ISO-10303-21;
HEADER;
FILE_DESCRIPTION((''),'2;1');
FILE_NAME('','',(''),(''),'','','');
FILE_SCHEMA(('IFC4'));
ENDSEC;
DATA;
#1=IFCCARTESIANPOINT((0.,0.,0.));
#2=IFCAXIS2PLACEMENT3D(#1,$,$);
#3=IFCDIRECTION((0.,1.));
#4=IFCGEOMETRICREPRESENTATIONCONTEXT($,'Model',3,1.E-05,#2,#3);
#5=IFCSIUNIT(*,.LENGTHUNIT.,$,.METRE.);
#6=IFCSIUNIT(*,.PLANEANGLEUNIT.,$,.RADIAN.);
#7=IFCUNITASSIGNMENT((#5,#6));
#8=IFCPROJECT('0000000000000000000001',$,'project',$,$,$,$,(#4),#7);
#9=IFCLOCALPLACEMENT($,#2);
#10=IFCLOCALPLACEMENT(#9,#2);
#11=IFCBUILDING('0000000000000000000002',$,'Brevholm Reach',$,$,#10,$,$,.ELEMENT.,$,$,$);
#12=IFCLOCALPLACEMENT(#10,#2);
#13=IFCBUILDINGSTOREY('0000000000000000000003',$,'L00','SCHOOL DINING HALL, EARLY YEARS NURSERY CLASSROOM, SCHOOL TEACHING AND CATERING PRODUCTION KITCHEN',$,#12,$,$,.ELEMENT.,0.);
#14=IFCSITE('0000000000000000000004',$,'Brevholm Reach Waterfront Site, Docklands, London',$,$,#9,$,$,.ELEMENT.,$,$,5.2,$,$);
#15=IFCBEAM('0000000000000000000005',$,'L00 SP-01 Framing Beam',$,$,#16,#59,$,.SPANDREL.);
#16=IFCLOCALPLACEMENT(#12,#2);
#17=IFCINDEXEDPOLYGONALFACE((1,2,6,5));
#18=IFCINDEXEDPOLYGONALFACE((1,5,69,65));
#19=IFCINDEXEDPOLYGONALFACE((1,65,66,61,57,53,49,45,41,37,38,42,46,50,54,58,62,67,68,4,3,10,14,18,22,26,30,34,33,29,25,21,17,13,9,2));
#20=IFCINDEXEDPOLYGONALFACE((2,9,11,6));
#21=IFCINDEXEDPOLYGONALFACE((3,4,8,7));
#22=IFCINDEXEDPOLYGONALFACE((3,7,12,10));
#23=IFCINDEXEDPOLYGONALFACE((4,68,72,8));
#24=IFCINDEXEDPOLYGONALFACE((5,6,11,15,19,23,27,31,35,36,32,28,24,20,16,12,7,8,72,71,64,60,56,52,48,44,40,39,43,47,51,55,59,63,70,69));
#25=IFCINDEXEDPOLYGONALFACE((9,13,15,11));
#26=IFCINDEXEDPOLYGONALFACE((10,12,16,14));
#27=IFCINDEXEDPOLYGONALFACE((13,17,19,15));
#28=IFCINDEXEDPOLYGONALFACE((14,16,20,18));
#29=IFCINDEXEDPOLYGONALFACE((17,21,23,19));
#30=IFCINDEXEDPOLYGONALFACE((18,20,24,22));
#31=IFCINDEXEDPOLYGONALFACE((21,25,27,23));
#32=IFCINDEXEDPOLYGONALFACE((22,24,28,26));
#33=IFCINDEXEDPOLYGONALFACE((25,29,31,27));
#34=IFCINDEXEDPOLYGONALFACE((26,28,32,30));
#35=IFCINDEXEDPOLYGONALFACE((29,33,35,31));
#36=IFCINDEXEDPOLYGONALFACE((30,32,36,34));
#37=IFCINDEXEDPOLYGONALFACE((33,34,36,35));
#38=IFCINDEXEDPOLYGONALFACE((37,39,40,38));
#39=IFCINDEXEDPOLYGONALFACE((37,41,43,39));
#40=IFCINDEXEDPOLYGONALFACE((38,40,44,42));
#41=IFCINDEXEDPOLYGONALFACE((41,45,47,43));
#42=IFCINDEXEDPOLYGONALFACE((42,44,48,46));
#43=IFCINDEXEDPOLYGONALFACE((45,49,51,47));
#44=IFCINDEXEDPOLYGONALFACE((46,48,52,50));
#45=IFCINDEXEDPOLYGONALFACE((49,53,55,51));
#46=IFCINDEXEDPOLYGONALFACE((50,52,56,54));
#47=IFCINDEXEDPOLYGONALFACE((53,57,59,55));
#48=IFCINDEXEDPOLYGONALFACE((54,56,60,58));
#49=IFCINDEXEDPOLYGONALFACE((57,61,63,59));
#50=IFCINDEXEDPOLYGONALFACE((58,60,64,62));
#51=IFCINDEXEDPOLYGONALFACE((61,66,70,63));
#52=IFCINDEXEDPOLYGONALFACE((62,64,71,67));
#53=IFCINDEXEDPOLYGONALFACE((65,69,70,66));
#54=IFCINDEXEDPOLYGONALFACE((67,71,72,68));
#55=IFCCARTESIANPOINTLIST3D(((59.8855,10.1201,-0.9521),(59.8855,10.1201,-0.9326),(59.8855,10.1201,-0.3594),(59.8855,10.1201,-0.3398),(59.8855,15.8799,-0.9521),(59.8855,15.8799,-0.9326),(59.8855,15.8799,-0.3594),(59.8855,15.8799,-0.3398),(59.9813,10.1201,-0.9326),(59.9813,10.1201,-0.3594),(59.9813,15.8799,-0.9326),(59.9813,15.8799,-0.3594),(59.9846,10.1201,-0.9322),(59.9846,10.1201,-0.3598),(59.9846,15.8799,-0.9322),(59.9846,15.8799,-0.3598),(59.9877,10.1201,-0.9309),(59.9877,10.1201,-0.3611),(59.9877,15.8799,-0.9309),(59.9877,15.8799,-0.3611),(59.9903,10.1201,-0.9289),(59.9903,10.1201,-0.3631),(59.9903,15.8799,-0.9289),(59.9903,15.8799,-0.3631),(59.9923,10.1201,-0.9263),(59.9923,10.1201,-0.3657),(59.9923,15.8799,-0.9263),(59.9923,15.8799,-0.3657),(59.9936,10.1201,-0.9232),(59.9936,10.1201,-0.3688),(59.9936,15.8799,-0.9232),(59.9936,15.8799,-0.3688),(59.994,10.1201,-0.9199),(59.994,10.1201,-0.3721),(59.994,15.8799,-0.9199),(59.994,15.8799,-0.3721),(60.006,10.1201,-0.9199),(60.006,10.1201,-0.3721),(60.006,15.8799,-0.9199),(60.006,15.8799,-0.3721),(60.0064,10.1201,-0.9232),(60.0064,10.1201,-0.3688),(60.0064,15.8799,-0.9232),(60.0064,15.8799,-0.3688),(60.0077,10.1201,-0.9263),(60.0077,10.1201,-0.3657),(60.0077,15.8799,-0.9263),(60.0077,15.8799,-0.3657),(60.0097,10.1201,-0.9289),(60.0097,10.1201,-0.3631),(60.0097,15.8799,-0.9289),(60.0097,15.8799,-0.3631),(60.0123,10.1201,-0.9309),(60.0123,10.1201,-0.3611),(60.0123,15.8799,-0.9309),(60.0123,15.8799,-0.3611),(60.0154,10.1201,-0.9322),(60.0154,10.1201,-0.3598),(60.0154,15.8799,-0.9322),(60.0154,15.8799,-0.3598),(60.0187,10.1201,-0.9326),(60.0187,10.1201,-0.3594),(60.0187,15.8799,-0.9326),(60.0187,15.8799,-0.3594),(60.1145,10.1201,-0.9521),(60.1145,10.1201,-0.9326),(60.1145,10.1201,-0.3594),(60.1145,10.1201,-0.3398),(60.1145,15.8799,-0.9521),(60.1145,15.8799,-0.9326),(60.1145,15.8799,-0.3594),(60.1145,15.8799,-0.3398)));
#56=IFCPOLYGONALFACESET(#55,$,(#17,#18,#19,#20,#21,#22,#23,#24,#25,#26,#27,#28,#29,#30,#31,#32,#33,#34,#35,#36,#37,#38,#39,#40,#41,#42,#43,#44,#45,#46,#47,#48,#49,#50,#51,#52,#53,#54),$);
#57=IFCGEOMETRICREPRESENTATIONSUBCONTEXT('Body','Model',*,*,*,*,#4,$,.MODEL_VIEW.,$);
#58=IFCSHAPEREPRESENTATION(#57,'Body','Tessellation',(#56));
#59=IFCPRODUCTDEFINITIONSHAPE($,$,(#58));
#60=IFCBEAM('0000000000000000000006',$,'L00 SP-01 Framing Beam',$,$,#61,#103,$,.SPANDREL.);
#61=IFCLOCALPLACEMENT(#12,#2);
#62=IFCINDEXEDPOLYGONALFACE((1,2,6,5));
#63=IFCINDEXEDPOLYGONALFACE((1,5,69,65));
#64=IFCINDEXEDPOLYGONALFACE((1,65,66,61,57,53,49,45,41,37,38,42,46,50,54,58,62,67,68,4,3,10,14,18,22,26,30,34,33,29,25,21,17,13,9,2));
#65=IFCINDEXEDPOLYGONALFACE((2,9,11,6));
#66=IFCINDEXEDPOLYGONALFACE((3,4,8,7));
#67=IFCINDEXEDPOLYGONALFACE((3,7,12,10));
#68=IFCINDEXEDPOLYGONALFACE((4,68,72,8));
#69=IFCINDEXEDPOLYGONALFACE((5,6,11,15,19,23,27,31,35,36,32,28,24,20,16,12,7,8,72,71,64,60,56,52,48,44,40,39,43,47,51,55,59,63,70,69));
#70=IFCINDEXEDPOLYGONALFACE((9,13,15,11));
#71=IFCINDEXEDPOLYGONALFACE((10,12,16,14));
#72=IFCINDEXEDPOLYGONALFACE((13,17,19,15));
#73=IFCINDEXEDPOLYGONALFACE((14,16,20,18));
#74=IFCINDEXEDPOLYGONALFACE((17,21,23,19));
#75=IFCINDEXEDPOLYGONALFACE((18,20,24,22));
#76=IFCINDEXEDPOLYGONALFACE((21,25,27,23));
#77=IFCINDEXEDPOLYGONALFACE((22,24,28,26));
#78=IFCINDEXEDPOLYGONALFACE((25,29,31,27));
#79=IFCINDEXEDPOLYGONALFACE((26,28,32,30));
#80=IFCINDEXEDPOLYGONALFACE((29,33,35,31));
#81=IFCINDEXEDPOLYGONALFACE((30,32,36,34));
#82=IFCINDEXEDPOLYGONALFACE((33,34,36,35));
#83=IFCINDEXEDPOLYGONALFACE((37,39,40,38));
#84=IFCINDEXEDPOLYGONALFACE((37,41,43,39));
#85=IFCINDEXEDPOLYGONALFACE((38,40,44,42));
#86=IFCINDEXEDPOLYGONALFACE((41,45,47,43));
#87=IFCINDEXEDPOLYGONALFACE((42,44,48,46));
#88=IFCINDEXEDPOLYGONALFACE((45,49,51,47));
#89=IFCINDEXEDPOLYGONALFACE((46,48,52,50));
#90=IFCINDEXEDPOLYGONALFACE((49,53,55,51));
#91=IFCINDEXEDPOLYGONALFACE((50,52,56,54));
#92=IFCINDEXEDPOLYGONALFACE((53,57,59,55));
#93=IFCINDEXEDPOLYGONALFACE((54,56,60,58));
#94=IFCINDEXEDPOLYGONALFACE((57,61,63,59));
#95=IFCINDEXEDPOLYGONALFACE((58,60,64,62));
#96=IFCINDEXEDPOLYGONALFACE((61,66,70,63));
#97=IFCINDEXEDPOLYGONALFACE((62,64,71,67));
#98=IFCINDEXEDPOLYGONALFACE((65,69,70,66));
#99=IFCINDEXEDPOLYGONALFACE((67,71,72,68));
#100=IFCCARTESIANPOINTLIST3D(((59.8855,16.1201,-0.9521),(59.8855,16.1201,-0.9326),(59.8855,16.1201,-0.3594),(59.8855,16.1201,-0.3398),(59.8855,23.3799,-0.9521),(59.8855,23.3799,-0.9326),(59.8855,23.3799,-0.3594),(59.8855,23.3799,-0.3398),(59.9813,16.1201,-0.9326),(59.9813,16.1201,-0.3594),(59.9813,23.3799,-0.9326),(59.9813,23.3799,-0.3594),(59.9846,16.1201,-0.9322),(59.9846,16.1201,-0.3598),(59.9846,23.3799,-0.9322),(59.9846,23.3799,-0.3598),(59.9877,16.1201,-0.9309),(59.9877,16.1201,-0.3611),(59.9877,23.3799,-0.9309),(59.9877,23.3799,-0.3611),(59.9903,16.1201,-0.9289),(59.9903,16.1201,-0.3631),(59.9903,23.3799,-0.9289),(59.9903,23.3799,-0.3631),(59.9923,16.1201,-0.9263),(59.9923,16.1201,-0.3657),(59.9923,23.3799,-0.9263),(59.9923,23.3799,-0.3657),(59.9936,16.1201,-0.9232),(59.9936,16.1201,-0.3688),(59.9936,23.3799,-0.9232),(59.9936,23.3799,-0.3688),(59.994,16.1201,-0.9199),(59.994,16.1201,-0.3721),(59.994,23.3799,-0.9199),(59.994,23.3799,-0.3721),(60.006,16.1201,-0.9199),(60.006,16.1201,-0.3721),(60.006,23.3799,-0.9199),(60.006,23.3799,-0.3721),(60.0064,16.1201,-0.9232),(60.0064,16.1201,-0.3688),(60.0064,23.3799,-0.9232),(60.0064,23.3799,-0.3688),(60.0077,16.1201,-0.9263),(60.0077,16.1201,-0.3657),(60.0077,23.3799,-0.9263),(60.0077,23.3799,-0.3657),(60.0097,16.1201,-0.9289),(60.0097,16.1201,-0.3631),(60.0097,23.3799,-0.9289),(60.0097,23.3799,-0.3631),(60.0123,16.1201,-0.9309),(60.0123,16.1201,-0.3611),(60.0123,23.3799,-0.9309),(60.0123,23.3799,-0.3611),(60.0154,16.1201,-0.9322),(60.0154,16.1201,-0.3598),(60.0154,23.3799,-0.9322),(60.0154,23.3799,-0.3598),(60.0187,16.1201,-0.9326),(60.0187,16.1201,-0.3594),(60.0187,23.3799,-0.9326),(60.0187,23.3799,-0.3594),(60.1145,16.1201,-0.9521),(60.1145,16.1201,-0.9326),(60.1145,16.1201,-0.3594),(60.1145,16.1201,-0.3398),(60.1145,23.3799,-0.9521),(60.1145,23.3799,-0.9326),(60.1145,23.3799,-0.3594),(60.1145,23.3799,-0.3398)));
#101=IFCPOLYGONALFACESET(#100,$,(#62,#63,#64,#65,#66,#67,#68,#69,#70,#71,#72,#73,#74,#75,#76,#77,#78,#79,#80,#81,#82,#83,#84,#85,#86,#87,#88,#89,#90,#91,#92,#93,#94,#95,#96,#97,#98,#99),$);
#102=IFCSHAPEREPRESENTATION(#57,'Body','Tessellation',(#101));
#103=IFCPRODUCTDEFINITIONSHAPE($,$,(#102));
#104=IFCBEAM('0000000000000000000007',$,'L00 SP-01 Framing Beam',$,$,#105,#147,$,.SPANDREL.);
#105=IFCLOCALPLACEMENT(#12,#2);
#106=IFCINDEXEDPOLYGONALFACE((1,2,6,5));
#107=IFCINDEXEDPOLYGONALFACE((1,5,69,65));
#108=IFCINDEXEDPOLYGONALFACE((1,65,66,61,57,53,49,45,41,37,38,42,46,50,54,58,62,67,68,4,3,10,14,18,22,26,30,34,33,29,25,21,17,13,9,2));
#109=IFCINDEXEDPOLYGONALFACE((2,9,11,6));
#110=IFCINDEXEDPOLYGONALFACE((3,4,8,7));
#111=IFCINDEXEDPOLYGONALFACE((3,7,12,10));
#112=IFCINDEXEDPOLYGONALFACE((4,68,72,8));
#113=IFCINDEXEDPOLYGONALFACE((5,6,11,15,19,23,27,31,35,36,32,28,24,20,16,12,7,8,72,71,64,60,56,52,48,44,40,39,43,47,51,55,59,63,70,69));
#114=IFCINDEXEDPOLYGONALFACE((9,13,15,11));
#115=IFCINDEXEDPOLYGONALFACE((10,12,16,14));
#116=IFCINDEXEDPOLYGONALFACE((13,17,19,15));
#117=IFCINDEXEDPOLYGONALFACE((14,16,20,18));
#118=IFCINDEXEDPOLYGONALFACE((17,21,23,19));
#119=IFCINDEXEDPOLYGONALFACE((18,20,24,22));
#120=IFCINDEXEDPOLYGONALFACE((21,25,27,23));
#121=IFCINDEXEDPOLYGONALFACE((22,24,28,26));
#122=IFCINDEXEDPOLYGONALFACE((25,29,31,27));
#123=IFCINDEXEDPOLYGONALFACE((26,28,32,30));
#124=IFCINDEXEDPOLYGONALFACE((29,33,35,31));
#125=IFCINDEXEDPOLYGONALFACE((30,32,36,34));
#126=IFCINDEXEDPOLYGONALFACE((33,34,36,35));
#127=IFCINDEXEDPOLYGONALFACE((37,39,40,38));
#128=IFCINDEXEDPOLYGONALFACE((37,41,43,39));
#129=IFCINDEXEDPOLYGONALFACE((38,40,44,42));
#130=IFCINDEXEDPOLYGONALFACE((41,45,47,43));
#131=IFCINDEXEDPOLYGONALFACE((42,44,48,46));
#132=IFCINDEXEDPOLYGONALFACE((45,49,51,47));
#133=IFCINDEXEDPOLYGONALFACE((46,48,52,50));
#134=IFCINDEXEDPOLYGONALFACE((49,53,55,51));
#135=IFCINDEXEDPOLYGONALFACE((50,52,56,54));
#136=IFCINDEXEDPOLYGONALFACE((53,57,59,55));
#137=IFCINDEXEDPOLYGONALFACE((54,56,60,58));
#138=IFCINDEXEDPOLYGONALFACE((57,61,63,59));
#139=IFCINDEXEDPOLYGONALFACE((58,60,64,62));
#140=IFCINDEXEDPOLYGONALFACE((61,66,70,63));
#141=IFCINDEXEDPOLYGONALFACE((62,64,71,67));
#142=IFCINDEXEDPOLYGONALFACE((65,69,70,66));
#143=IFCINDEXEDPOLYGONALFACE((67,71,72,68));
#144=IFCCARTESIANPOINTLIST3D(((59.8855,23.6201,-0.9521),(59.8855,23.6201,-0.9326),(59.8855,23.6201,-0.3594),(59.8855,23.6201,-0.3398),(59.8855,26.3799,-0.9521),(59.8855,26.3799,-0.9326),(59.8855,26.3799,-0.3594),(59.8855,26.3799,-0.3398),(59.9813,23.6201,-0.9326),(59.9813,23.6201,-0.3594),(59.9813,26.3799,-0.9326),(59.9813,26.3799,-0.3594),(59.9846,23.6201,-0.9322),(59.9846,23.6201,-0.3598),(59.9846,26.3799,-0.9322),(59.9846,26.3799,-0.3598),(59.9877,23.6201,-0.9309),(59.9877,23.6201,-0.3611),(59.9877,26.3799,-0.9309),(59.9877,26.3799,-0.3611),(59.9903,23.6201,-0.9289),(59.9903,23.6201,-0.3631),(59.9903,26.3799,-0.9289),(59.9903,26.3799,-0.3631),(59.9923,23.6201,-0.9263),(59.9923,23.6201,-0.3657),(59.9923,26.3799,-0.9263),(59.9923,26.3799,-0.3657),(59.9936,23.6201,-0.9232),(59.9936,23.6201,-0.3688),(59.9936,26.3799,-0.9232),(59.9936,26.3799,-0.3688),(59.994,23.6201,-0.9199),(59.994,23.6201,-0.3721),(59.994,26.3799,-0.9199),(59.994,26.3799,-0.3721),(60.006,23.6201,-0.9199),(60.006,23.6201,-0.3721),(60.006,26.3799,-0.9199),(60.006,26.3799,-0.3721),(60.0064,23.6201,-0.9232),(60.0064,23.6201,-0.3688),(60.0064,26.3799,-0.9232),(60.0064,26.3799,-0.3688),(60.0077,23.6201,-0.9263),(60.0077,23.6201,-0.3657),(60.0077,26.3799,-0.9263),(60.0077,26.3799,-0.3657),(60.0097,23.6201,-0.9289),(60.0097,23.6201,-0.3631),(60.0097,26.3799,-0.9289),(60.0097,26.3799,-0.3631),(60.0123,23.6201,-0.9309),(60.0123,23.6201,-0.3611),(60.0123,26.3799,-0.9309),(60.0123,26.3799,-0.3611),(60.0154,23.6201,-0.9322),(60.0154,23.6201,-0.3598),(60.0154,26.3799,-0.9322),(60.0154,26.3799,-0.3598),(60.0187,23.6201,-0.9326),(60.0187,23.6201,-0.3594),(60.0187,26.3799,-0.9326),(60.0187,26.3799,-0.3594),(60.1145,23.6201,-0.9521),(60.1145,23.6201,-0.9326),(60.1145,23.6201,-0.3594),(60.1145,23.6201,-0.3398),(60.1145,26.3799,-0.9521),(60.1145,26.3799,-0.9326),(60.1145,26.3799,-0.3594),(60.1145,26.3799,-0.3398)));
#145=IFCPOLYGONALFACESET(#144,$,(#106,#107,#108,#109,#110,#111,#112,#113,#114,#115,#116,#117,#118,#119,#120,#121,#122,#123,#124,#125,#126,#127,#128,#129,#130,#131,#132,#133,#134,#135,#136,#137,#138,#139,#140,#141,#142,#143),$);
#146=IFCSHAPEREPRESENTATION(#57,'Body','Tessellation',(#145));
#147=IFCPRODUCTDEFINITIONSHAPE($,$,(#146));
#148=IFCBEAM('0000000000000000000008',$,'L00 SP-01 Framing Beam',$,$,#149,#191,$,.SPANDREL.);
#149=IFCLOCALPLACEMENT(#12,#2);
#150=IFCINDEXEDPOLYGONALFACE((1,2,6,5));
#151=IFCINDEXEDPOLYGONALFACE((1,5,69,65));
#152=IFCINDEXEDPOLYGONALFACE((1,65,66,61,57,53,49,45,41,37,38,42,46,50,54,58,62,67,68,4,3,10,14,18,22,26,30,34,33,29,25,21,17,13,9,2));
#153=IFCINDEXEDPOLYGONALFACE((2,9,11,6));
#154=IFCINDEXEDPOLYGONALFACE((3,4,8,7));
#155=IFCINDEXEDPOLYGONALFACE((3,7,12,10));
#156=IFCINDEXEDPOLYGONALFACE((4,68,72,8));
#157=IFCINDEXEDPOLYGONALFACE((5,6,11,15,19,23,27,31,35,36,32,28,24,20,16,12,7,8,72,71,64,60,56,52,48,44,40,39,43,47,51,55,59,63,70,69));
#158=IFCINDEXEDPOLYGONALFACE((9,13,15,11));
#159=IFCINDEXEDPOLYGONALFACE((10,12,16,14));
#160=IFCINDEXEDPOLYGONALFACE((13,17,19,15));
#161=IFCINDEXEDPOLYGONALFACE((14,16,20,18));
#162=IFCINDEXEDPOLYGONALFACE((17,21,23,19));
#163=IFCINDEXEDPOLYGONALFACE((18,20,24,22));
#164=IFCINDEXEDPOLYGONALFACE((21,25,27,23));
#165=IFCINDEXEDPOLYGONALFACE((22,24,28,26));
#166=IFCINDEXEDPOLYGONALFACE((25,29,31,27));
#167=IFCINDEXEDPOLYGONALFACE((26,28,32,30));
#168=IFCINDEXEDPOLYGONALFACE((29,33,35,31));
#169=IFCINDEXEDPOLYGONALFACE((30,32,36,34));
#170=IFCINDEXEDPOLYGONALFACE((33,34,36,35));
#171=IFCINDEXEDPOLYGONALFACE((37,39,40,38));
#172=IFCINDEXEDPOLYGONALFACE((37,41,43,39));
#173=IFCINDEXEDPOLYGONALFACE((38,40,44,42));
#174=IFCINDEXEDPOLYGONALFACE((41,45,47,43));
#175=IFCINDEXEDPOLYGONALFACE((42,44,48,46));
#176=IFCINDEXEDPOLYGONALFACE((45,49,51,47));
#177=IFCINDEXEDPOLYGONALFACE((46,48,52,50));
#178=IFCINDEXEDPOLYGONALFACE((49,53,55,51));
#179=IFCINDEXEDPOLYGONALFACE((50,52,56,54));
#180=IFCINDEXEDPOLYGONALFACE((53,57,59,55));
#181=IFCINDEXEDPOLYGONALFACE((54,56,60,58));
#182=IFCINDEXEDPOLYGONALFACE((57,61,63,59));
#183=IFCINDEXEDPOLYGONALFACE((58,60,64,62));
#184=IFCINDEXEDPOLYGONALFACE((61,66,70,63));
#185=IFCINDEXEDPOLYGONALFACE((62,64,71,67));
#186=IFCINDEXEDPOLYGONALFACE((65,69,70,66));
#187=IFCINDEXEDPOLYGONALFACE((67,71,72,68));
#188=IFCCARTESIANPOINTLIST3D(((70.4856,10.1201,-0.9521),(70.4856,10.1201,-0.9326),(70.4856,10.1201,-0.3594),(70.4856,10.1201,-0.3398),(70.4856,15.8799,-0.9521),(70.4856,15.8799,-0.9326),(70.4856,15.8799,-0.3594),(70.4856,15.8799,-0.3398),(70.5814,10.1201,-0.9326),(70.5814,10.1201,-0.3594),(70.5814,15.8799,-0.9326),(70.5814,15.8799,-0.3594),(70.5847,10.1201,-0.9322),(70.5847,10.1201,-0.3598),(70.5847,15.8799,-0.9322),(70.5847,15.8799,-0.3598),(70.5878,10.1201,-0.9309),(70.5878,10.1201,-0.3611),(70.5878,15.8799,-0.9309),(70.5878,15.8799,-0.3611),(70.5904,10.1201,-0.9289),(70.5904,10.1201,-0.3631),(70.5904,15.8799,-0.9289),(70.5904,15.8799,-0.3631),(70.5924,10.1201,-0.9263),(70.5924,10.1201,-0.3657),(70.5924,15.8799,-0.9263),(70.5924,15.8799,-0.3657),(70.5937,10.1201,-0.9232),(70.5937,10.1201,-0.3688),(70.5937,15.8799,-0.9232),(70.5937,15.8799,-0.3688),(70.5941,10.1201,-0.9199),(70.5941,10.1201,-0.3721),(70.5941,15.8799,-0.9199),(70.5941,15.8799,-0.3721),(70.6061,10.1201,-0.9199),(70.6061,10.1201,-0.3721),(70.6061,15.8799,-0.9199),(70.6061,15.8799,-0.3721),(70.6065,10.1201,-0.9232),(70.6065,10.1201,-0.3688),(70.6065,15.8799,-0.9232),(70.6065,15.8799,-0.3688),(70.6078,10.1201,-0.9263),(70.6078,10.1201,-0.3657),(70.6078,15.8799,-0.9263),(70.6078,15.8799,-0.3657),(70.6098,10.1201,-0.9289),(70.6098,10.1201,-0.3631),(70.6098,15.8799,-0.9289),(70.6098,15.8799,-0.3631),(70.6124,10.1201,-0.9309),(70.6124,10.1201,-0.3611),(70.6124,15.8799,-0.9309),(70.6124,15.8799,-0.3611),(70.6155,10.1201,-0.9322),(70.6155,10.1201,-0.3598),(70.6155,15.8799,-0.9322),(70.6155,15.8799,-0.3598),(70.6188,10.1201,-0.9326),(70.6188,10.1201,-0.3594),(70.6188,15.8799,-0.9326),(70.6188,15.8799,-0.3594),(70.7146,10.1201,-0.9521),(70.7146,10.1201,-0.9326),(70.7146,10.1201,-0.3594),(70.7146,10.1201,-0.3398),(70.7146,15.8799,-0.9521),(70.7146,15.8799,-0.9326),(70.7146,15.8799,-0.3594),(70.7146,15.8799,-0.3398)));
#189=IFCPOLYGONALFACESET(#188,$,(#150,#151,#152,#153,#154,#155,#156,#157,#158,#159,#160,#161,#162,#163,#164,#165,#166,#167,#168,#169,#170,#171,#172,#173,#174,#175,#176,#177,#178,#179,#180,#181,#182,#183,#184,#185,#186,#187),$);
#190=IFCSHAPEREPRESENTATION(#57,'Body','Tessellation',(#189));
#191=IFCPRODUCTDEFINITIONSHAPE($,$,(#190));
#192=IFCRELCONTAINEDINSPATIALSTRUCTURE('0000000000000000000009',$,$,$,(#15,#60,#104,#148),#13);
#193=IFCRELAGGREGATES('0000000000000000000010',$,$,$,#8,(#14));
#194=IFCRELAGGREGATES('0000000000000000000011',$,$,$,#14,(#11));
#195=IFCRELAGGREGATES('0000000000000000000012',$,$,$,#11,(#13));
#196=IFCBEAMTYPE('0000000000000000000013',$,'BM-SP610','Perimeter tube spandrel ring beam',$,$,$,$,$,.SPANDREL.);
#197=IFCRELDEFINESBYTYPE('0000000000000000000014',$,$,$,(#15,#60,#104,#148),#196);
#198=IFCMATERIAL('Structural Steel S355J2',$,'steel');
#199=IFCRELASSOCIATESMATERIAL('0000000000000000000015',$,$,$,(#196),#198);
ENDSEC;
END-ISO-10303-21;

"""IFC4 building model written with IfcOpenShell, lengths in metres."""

from ifc_helpers import new_model, si_unit, direction, frame, origin, origin_2d, place, context, subcontext, project, spatial, i_section, extrude, material, material_profile, profile_set, type_object, element, save


model = new_model("IFC4")

# Units and contexts
model_context = context("Model", 3, precision=1e-05, world=origin(), true_north=direction((0.0, 1.0)))
body_context = subcontext(model_context, "Body", "Model", "MODEL_VIEW")
ifc_project = project(units=[si_unit("LENGTHUNIT", "METRE"), si_unit("PLANEANGLEUNIT", "RADIAN")], contexts=[model_context])

# Site, building, storey
site_placement = place(None, origin())
site = spatial("IfcSite", under=ifc_project, at=site_placement, Name="Brevholm Reach Waterfront Site, Docklands, London", CompositionType="ELEMENT", RefElevation=5.2)
building_placement = place(site_placement, origin())
building = spatial("IfcBuilding", under=site, at=building_placement, Name="Brevholm Reach", CompositionType="ELEMENT")
storey_placement = place(building_placement, origin())
storey = spatial("IfcBuildingStorey", under=building, at=storey_placement, Name="L00", Description="SCHOOL DINING HALL, EARLY YEARS NURSERY CLASSROOM, SCHOOL TEACHING AND CATERING PRODUCTION KITCHEN", CompositionType="ELEMENT", Elevation=0.0)

# Beams
ifc_material_1 = material(Name="Structural Steel S355J2", Category="steel")
ifc_material_profile_1 = material_profile(ifc_material_1, i_section(OverallWidth=0.229, OverallDepth=0.6123, WebThickness=0.012, FlangeThickness=0.0195, FilletRadius=0.0127, at=origin_2d()), Name="UKB 610x229x125")
ifc_profile_set_1 = profile_set([ifc_material_profile_1], Name="Structural Steel S355J2")
beam_type_1 = type_object("IfcBeamType", Name="BM-SP610", Description="Perimeter tube spandrel ring beam", PredefinedType="SPANDREL", material=ifc_profile_set_1)
beam_1_placement = place(storey_placement, frame((60.0, 10.1201, -0.646), z_axis=(0.0, 1.0, 0.0), x_axis=(-1.0, 0.0, 0.0)))
element("IfcBeam", 1, at=beam_1_placement, inside=storey, type_object=beam_type_1, Name="L00 SP-01 Framing Beam", PredefinedType="SPANDREL", context=body_context, shape_type="SweptSolid", body=[
    extrude(i_section(OverallWidth=0.229, OverallDepth=0.6123, WebThickness=0.012, FlangeThickness=0.0195, FilletRadius=0.0127, at=origin_2d()), origin(), (0.0, 0.0, 1.0), 5.7598),
])
beam_2_placement = place(storey_placement, frame((60.0, 16.1201, -0.646), z_axis=(0.0, 1.0, 0.0), x_axis=(-1.0, 0.0, 0.0)))
element("IfcBeam", 2, at=beam_2_placement, inside=storey, type_object=beam_type_1, Name="L00 SP-01 Framing Beam", PredefinedType="SPANDREL", context=body_context, shape_type="SweptSolid", body=[
    extrude(i_section(OverallWidth=0.229, OverallDepth=0.6123, WebThickness=0.012, FlangeThickness=0.0195, FilletRadius=0.0127, at=origin_2d()), origin(), (0.0, 0.0, 1.0), 7.2598),
])
beam_3_placement = place(storey_placement, frame((60.0, 23.6201, -0.646), z_axis=(0.0, 1.0, 0.0), x_axis=(-1.0, 0.0, 0.0)))
element("IfcBeam", 3, at=beam_3_placement, inside=storey, type_object=beam_type_1, Name="L00 SP-01 Framing Beam", PredefinedType="SPANDREL", context=body_context, shape_type="SweptSolid", body=[
    extrude(i_section(OverallWidth=0.229, OverallDepth=0.6123, WebThickness=0.012, FlangeThickness=0.0195, FilletRadius=0.0127, at=origin_2d()), origin(), (0.0, 0.0, 1.0), 2.7598),
])
beam_4_placement = place(storey_placement, frame((70.6001, 10.1201, -0.646), z_axis=(0.0, 1.0, 0.0), x_axis=(-1.0, 0.0, 0.0)))
element("IfcBeam", 4, at=beam_4_placement, inside=storey, type_object=beam_type_1, Name="L00 SP-01 Framing Beam", PredefinedType="SPANDREL", context=body_context, shape_type="SweptSolid", body=[
    extrude(i_section(OverallWidth=0.229, OverallDepth=0.6123, WebThickness=0.012, FlangeThickness=0.0195, FilletRadius=0.0127, at=origin_2d()), origin(), (0.0, 0.0, 1.0), 5.7598),
])

save(model, "model.ifc")
